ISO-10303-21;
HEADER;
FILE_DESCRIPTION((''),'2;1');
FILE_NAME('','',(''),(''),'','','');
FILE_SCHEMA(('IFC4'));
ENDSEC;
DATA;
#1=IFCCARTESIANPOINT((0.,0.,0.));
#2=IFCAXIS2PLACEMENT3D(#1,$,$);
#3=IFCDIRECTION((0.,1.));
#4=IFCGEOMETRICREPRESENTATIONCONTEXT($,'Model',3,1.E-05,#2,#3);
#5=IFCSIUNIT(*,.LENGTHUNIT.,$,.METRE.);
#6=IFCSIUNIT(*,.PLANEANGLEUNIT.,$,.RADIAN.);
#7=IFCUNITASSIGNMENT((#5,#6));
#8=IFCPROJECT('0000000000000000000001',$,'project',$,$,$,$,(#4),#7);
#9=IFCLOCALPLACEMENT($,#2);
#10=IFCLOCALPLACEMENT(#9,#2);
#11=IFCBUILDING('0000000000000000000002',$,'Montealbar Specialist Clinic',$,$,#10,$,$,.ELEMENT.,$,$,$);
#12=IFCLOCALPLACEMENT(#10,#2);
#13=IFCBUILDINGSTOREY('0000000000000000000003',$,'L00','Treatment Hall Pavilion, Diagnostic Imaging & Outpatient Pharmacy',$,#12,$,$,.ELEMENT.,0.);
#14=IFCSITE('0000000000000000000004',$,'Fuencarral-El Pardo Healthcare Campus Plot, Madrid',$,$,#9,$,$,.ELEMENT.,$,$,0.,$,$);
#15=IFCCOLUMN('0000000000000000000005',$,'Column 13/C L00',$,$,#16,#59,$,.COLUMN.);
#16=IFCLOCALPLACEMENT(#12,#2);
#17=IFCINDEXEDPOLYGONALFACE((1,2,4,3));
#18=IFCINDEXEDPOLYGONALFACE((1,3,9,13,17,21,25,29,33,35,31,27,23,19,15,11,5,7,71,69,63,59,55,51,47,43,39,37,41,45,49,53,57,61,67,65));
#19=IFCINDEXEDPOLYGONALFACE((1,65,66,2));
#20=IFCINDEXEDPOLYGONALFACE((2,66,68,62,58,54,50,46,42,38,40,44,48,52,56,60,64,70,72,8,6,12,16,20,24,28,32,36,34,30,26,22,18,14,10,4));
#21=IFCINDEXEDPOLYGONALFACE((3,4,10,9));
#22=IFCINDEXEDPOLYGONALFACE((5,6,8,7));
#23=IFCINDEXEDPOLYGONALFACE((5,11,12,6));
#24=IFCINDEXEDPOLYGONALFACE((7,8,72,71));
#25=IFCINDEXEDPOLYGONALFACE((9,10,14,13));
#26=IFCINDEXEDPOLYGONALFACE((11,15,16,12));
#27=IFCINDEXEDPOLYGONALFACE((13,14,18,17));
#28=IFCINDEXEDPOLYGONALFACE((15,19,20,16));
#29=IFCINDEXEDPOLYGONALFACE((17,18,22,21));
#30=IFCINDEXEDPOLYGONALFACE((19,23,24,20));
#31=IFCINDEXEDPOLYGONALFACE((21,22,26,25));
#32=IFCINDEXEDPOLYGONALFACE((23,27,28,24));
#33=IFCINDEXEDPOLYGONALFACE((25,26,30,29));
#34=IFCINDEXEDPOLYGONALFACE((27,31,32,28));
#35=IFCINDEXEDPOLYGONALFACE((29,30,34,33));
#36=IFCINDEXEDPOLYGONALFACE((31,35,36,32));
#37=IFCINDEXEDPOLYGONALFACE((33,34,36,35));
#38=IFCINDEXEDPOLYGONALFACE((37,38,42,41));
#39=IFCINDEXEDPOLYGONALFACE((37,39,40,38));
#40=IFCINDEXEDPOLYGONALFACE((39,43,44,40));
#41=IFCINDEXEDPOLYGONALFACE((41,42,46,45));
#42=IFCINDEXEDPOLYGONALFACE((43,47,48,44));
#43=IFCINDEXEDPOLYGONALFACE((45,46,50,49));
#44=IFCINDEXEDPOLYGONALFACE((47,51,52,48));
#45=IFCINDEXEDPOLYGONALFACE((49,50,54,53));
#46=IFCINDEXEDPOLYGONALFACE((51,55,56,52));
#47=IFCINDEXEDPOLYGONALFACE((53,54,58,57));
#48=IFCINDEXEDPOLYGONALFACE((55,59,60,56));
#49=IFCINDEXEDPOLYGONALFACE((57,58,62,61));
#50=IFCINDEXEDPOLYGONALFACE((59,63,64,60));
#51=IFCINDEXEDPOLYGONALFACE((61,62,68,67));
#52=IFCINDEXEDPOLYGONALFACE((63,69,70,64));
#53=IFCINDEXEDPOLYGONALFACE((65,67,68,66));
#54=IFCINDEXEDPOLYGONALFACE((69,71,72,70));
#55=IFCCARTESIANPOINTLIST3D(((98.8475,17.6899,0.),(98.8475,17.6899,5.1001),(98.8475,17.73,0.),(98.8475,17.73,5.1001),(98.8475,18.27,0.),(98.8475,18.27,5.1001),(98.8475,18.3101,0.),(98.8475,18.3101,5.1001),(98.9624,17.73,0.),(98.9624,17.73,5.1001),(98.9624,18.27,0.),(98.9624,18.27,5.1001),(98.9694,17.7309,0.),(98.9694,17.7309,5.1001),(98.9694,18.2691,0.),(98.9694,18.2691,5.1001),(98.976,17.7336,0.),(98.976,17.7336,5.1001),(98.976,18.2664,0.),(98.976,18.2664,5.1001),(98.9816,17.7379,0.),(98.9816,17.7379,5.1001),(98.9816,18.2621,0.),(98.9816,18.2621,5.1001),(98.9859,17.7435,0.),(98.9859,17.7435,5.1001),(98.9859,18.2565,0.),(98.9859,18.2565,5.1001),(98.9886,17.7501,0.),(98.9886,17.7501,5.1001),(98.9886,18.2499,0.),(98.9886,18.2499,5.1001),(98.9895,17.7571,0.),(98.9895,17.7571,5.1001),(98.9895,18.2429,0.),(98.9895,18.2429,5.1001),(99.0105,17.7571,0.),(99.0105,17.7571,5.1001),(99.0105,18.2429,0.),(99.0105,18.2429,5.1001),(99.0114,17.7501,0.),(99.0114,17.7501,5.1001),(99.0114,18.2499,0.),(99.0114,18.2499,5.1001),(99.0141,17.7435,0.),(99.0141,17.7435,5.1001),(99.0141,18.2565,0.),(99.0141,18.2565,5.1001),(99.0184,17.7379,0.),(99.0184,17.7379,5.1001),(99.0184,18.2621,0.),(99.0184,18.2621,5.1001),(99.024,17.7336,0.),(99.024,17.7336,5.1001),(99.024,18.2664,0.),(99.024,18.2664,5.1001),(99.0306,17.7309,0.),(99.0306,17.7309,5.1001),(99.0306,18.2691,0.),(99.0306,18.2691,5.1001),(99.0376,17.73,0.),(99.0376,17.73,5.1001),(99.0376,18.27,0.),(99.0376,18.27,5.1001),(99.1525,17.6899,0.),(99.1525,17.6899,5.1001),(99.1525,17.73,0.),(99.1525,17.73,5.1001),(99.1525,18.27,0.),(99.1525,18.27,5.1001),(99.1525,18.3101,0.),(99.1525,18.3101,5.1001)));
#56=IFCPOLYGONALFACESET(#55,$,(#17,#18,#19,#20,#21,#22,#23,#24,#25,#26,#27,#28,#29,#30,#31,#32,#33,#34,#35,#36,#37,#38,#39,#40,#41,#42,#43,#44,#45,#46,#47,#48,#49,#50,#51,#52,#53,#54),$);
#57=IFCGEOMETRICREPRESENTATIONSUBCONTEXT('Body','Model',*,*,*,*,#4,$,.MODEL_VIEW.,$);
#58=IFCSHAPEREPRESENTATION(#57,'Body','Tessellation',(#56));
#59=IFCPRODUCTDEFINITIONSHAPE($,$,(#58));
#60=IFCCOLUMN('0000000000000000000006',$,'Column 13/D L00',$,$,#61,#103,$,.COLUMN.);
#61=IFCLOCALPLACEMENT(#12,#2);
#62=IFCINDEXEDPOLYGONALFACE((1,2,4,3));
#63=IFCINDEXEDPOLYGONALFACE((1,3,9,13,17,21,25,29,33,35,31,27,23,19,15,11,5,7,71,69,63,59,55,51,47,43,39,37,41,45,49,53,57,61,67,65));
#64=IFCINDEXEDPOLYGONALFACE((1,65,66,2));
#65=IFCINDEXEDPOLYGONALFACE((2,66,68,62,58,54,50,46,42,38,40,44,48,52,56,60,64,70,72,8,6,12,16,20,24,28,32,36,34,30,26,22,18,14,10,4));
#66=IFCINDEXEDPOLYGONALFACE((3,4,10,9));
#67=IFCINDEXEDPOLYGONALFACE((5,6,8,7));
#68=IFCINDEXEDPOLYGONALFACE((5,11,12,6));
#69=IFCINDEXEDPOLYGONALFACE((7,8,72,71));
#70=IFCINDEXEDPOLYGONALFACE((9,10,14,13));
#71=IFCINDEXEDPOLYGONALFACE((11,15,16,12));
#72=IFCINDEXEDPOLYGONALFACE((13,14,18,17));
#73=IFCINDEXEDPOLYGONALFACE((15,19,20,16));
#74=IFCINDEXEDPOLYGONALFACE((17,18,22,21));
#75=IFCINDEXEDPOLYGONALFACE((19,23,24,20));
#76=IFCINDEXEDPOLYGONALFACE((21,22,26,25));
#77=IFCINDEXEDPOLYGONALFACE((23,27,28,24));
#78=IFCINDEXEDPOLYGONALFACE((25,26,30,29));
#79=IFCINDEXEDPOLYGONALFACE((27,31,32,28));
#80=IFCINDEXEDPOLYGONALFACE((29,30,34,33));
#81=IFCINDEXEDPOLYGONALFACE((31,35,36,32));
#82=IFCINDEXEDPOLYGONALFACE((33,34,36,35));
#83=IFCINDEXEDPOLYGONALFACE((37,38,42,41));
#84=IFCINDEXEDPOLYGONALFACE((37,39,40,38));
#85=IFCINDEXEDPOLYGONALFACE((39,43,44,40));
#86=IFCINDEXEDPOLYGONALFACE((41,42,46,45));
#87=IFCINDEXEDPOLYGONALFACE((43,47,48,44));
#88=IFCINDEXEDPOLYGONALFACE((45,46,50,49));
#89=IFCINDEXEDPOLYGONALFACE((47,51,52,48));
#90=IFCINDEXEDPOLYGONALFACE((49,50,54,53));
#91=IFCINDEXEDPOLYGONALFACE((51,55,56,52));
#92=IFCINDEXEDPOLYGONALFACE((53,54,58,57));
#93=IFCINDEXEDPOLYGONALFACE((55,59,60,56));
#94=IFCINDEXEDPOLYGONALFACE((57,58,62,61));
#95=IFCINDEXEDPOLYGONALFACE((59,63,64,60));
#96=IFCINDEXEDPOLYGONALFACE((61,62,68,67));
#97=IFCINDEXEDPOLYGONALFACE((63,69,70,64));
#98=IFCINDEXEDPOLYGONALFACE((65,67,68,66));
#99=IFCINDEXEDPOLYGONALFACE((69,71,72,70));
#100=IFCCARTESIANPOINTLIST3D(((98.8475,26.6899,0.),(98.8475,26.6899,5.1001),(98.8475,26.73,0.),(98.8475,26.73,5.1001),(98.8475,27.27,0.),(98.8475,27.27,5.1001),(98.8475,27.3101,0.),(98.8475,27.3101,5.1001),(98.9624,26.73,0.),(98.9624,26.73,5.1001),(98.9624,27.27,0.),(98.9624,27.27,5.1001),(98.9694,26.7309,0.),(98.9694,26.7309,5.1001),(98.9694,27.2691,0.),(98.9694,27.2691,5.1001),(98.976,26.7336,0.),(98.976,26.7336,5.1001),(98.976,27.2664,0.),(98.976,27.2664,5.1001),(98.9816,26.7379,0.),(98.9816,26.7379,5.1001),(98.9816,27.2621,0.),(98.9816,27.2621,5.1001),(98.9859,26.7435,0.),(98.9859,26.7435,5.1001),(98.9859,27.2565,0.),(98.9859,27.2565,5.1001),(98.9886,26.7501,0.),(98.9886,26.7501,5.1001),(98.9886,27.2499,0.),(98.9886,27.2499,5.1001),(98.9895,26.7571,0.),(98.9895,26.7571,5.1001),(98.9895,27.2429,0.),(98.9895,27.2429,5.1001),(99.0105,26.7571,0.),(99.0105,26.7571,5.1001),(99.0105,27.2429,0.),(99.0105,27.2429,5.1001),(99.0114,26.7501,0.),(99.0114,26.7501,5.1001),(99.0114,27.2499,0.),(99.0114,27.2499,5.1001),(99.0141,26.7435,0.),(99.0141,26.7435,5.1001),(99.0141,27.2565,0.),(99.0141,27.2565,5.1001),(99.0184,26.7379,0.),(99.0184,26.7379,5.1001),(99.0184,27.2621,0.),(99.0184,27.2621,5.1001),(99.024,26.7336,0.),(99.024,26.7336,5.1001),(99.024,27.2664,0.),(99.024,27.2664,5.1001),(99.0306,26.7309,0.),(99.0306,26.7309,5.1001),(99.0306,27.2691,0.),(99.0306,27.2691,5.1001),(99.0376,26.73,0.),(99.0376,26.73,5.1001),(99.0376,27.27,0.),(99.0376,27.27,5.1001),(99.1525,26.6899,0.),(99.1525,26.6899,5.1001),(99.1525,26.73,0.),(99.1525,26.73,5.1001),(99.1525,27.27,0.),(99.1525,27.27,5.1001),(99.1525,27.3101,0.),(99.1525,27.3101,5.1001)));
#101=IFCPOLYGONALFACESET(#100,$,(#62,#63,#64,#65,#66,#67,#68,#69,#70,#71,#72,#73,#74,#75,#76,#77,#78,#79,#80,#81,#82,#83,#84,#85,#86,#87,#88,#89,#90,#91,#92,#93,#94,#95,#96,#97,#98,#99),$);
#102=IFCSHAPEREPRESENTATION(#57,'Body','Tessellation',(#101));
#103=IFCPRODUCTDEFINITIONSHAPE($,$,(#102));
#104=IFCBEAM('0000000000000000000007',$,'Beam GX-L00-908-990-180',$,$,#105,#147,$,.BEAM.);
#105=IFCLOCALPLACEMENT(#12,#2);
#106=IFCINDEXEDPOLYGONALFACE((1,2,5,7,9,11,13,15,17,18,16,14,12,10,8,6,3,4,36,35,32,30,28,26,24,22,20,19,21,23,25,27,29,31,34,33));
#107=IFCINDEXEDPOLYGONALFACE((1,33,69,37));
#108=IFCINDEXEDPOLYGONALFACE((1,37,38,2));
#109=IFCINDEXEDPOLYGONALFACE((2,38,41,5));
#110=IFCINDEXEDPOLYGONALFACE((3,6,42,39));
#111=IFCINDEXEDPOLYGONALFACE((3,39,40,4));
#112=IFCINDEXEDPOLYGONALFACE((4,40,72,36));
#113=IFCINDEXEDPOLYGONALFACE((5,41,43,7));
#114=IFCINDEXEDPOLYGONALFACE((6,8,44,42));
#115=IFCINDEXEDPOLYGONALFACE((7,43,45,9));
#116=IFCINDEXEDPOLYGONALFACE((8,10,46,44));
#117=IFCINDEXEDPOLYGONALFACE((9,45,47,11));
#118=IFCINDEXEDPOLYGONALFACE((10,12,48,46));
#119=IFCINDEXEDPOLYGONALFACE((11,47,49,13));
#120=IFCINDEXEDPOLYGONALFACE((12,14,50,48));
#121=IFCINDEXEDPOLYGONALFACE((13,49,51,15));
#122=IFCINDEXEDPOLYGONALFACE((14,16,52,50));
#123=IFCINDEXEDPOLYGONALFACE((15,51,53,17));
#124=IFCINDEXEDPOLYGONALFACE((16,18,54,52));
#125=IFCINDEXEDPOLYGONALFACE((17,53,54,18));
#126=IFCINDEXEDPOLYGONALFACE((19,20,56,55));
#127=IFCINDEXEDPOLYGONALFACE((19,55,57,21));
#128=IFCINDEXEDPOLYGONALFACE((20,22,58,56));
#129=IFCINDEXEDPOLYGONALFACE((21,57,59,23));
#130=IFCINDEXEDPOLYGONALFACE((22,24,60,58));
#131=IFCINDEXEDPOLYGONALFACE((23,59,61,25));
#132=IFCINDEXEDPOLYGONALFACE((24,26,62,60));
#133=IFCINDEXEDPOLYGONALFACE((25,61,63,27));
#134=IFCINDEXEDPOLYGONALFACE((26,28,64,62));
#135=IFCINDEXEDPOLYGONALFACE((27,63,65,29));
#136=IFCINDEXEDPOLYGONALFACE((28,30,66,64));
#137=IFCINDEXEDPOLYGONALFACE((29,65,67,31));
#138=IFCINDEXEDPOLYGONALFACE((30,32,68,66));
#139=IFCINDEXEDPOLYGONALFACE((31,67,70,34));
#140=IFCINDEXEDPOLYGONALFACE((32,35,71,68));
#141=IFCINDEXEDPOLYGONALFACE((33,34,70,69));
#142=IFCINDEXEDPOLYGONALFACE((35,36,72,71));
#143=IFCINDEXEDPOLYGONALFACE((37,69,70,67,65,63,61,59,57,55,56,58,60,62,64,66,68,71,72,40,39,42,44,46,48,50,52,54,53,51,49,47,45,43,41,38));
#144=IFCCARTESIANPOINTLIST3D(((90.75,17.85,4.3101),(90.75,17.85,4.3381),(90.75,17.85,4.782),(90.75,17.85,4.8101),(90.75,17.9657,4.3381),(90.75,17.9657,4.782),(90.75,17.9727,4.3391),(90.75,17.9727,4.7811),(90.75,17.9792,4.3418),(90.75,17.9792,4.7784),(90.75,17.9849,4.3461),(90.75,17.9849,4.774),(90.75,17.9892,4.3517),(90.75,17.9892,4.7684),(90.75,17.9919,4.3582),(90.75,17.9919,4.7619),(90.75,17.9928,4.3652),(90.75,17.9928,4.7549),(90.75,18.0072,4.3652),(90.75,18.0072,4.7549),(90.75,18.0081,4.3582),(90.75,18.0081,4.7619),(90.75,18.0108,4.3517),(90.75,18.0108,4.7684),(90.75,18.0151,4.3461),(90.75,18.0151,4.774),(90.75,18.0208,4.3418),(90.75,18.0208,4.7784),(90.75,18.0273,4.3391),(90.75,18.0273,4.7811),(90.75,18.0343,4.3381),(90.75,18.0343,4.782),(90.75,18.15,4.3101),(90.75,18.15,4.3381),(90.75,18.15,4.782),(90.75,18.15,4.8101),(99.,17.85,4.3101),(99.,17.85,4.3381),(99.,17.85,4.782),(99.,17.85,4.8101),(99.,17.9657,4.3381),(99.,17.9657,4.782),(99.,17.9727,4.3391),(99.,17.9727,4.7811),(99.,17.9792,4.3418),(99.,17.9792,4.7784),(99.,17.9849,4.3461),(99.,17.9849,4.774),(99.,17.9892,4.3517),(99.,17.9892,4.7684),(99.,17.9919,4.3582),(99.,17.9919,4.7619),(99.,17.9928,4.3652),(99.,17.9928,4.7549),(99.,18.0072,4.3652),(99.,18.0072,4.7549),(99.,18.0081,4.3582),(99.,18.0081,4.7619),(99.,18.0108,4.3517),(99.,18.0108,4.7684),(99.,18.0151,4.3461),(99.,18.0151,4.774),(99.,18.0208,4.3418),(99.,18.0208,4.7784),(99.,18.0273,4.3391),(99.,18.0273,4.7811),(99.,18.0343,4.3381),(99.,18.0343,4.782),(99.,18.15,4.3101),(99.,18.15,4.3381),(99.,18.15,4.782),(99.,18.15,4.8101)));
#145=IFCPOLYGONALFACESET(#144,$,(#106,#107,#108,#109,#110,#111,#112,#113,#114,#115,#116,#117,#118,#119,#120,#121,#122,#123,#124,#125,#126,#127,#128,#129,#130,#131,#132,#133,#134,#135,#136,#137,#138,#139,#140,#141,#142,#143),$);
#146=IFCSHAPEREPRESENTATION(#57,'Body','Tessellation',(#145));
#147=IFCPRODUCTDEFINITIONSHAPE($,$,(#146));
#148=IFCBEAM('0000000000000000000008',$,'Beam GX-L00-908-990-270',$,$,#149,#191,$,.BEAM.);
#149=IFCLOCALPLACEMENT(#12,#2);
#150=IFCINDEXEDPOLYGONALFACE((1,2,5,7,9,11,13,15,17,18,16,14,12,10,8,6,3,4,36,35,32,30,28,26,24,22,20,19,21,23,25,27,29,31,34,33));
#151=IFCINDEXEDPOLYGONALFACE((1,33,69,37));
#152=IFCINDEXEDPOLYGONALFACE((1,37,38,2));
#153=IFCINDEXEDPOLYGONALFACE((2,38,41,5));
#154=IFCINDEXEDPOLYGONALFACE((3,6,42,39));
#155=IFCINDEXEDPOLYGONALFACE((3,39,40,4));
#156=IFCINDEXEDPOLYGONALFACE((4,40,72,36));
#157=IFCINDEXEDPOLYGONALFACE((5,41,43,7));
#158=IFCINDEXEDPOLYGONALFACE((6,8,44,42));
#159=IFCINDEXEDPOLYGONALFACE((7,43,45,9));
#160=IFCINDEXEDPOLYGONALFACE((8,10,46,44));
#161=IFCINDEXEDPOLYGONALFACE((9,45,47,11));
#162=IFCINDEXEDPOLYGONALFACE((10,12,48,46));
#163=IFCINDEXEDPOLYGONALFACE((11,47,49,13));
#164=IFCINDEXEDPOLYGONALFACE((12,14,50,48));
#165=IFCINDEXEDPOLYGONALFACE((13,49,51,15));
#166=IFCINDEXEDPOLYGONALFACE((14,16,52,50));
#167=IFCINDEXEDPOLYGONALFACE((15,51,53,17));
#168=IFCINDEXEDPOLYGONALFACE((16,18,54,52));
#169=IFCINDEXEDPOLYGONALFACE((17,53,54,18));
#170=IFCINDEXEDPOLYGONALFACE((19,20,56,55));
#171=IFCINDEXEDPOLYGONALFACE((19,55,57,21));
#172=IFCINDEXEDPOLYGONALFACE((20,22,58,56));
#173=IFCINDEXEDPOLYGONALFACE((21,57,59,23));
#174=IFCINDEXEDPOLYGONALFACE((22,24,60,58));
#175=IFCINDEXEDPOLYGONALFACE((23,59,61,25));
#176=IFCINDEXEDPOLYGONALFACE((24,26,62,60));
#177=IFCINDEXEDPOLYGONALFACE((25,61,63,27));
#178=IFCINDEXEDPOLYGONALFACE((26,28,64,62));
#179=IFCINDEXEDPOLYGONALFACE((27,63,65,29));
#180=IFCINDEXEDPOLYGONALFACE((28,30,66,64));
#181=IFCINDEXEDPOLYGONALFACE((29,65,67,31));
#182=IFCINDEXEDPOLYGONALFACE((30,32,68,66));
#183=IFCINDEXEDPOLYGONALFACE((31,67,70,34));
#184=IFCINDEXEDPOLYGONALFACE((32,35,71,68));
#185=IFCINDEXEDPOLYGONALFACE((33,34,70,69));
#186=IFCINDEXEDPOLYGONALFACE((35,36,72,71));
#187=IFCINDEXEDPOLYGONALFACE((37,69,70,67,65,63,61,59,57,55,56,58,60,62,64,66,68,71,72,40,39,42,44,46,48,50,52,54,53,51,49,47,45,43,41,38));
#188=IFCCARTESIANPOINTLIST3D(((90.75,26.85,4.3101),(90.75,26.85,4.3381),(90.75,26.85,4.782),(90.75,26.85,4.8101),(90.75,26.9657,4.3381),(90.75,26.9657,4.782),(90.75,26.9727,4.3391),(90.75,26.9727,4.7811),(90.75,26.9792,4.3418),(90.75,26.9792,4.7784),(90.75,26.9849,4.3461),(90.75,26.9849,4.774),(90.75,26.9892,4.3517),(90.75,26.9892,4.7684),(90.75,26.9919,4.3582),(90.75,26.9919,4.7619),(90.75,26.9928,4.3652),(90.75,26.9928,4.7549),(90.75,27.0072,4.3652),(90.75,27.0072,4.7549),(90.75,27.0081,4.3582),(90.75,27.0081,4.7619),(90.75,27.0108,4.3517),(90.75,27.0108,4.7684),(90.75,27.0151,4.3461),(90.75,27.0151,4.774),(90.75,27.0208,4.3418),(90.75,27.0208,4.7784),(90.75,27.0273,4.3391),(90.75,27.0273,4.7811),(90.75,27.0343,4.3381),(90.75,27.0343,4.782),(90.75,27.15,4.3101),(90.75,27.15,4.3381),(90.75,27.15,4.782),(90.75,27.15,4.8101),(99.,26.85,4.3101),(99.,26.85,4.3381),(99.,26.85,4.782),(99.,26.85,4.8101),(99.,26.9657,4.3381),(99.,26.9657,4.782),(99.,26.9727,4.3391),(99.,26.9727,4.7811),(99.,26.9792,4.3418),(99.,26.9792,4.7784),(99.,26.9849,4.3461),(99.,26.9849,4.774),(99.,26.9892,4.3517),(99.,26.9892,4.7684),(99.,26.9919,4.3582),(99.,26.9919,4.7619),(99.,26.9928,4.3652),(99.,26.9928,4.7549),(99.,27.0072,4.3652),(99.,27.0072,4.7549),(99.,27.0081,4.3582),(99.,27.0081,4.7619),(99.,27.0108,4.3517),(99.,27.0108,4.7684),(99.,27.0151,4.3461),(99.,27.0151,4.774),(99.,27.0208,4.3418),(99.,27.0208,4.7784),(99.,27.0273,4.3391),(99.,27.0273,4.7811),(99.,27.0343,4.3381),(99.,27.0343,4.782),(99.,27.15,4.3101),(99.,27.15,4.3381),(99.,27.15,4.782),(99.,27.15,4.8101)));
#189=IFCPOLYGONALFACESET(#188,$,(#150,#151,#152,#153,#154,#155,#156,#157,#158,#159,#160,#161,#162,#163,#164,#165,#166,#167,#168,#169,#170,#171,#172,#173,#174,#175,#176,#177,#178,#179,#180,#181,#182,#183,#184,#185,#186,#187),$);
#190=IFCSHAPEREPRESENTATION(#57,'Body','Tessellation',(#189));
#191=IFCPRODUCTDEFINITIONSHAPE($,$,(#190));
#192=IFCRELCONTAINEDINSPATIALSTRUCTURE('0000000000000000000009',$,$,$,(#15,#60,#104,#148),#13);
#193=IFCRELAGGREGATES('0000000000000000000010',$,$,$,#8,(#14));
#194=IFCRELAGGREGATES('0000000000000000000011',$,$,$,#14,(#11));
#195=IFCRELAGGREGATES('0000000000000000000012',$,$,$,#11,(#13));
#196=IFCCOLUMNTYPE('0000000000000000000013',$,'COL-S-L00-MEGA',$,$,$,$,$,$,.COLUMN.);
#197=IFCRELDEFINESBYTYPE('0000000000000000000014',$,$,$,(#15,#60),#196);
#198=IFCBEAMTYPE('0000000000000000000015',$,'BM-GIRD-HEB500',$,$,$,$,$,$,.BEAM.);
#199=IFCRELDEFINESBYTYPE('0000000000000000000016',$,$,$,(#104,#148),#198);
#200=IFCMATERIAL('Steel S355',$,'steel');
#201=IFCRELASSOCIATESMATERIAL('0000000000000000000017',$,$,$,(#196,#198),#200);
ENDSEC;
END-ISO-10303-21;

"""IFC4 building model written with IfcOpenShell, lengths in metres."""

from ifc_helpers import new_model, si_unit, direction, frame, origin, origin_2d, place, context, subcontext, project, spatial, i_section, extrude, material, material_profile, profile_set, type_object, element, save


model = new_model("IFC4")

# Units and contexts
model_context = context("Model", 3, precision=1e-05, world=origin(), true_north=direction((0.0, 1.0)))
body_context = subcontext(model_context, "Body", "Model", "MODEL_VIEW")
ifc_project = project(units=[si_unit("LENGTHUNIT", "METRE"), si_unit("PLANEANGLEUNIT", "RADIAN")], contexts=[model_context])

# Site, building, storey
site_placement = place(None, origin())
site = spatial("IfcSite", under=ifc_project, at=site_placement, Name="Fuencarral-El Pardo Healthcare Campus Plot, Madrid", CompositionType="ELEMENT", RefElevation=0.0)
building_placement = place(site_placement, origin())
building = spatial("IfcBuilding", under=site, at=building_placement, Name="Montealbar Specialist Clinic", CompositionType="ELEMENT")
storey_placement = place(building_placement, origin())
storey = spatial("IfcBuildingStorey", under=building, at=storey_placement, Name="L00", Description="Treatment Hall Pavilion, Diagnostic Imaging & Outpatient Pharmacy", CompositionType="ELEMENT", Elevation=0.0)

# Columns
ifc_material_1 = material(Name="Steel S355", Category="steel")
ifc_material_profile_1 = material_profile(ifc_material_1, i_section(OverallWidth=0.3049, OverallDepth=0.6201, WebThickness=0.021, FlangeThickness=0.04, FilletRadius=0.0271, at=origin_2d()), Name="HEM 600", Category="steel")
ifc_profile_set_1 = profile_set([ifc_material_profile_1], Name="Steel S355")
column_type = type_object("IfcColumnType", Name="COL-S-L00-MEGA", PredefinedType="COLUMN", material=ifc_profile_set_1)
for number, where, z_axis, x_axis, name in (
    (1, (99.0, 18.0, 0.0), (0.0, 0.0, 1.0), (1.0, 0.0, 0.0), "Column 13/C L00"),
    (2, (99.0, 27.0, 0.0), (0.0, 0.0, 1.0), (1.0, 0.0, 0.0), "Column 13/D L00"),
):
    element("IfcColumn", number, at=place(storey_placement, frame(where, z_axis=z_axis, x_axis=x_axis)), inside=storey, type_object=column_type, Name=name, PredefinedType="COLUMN", context=body_context, shape_type="SweptSolid", body=[
        extrude(i_section(OverallWidth=0.3049, OverallDepth=0.6201, WebThickness=0.021, FlangeThickness=0.04, FilletRadius=0.0271, at=origin_2d()), origin(), (0.0, 0.0, 1.0), 5.1001),
    ])

# Beams
ifc_material_profile_2 = material_profile(ifc_material_1, i_section(OverallWidth=0.3, OverallDepth=0.5, WebThickness=0.0144, FlangeThickness=0.0281, FilletRadius=0.0271, at=origin_2d()), Name="HEB 500", Category="steel")
ifc_profile_set_2 = profile_set([ifc_material_profile_2], Name="Steel S355")
beam_type_1 = type_object("IfcBeamType", Name="BM-GIRD-HEB500", PredefinedType="BEAM", material=ifc_profile_set_2)
for number, where, z_axis, x_axis, name in (
    (3, (90.75, 18.0, 4.5601), (1.0, 0.0, 0.0), (0.0, 1.0, 0.0), "Beam GX-L00-908-990-180"),
    (4, (90.75, 27.0, 4.5601), (1.0, 0.0, 0.0), (0.0, 1.0, 0.0), "Beam GX-L00-908-990-270"),
):
    element("IfcBeam", number, at=place(storey_placement, frame(where, z_axis=z_axis, x_axis=x_axis)), inside=storey, type_object=beam_type_1, Name=name, PredefinedType="BEAM", context=body_context, shape_type="SweptSolid", body=[
        extrude(i_section(OverallWidth=0.3, OverallDepth=0.5, WebThickness=0.0144, FlangeThickness=0.0281, FilletRadius=0.0271, at=origin_2d()), origin(), (0.0, 0.0, 1.0), 8.25),
    ])

save(model, "model.ifc")
